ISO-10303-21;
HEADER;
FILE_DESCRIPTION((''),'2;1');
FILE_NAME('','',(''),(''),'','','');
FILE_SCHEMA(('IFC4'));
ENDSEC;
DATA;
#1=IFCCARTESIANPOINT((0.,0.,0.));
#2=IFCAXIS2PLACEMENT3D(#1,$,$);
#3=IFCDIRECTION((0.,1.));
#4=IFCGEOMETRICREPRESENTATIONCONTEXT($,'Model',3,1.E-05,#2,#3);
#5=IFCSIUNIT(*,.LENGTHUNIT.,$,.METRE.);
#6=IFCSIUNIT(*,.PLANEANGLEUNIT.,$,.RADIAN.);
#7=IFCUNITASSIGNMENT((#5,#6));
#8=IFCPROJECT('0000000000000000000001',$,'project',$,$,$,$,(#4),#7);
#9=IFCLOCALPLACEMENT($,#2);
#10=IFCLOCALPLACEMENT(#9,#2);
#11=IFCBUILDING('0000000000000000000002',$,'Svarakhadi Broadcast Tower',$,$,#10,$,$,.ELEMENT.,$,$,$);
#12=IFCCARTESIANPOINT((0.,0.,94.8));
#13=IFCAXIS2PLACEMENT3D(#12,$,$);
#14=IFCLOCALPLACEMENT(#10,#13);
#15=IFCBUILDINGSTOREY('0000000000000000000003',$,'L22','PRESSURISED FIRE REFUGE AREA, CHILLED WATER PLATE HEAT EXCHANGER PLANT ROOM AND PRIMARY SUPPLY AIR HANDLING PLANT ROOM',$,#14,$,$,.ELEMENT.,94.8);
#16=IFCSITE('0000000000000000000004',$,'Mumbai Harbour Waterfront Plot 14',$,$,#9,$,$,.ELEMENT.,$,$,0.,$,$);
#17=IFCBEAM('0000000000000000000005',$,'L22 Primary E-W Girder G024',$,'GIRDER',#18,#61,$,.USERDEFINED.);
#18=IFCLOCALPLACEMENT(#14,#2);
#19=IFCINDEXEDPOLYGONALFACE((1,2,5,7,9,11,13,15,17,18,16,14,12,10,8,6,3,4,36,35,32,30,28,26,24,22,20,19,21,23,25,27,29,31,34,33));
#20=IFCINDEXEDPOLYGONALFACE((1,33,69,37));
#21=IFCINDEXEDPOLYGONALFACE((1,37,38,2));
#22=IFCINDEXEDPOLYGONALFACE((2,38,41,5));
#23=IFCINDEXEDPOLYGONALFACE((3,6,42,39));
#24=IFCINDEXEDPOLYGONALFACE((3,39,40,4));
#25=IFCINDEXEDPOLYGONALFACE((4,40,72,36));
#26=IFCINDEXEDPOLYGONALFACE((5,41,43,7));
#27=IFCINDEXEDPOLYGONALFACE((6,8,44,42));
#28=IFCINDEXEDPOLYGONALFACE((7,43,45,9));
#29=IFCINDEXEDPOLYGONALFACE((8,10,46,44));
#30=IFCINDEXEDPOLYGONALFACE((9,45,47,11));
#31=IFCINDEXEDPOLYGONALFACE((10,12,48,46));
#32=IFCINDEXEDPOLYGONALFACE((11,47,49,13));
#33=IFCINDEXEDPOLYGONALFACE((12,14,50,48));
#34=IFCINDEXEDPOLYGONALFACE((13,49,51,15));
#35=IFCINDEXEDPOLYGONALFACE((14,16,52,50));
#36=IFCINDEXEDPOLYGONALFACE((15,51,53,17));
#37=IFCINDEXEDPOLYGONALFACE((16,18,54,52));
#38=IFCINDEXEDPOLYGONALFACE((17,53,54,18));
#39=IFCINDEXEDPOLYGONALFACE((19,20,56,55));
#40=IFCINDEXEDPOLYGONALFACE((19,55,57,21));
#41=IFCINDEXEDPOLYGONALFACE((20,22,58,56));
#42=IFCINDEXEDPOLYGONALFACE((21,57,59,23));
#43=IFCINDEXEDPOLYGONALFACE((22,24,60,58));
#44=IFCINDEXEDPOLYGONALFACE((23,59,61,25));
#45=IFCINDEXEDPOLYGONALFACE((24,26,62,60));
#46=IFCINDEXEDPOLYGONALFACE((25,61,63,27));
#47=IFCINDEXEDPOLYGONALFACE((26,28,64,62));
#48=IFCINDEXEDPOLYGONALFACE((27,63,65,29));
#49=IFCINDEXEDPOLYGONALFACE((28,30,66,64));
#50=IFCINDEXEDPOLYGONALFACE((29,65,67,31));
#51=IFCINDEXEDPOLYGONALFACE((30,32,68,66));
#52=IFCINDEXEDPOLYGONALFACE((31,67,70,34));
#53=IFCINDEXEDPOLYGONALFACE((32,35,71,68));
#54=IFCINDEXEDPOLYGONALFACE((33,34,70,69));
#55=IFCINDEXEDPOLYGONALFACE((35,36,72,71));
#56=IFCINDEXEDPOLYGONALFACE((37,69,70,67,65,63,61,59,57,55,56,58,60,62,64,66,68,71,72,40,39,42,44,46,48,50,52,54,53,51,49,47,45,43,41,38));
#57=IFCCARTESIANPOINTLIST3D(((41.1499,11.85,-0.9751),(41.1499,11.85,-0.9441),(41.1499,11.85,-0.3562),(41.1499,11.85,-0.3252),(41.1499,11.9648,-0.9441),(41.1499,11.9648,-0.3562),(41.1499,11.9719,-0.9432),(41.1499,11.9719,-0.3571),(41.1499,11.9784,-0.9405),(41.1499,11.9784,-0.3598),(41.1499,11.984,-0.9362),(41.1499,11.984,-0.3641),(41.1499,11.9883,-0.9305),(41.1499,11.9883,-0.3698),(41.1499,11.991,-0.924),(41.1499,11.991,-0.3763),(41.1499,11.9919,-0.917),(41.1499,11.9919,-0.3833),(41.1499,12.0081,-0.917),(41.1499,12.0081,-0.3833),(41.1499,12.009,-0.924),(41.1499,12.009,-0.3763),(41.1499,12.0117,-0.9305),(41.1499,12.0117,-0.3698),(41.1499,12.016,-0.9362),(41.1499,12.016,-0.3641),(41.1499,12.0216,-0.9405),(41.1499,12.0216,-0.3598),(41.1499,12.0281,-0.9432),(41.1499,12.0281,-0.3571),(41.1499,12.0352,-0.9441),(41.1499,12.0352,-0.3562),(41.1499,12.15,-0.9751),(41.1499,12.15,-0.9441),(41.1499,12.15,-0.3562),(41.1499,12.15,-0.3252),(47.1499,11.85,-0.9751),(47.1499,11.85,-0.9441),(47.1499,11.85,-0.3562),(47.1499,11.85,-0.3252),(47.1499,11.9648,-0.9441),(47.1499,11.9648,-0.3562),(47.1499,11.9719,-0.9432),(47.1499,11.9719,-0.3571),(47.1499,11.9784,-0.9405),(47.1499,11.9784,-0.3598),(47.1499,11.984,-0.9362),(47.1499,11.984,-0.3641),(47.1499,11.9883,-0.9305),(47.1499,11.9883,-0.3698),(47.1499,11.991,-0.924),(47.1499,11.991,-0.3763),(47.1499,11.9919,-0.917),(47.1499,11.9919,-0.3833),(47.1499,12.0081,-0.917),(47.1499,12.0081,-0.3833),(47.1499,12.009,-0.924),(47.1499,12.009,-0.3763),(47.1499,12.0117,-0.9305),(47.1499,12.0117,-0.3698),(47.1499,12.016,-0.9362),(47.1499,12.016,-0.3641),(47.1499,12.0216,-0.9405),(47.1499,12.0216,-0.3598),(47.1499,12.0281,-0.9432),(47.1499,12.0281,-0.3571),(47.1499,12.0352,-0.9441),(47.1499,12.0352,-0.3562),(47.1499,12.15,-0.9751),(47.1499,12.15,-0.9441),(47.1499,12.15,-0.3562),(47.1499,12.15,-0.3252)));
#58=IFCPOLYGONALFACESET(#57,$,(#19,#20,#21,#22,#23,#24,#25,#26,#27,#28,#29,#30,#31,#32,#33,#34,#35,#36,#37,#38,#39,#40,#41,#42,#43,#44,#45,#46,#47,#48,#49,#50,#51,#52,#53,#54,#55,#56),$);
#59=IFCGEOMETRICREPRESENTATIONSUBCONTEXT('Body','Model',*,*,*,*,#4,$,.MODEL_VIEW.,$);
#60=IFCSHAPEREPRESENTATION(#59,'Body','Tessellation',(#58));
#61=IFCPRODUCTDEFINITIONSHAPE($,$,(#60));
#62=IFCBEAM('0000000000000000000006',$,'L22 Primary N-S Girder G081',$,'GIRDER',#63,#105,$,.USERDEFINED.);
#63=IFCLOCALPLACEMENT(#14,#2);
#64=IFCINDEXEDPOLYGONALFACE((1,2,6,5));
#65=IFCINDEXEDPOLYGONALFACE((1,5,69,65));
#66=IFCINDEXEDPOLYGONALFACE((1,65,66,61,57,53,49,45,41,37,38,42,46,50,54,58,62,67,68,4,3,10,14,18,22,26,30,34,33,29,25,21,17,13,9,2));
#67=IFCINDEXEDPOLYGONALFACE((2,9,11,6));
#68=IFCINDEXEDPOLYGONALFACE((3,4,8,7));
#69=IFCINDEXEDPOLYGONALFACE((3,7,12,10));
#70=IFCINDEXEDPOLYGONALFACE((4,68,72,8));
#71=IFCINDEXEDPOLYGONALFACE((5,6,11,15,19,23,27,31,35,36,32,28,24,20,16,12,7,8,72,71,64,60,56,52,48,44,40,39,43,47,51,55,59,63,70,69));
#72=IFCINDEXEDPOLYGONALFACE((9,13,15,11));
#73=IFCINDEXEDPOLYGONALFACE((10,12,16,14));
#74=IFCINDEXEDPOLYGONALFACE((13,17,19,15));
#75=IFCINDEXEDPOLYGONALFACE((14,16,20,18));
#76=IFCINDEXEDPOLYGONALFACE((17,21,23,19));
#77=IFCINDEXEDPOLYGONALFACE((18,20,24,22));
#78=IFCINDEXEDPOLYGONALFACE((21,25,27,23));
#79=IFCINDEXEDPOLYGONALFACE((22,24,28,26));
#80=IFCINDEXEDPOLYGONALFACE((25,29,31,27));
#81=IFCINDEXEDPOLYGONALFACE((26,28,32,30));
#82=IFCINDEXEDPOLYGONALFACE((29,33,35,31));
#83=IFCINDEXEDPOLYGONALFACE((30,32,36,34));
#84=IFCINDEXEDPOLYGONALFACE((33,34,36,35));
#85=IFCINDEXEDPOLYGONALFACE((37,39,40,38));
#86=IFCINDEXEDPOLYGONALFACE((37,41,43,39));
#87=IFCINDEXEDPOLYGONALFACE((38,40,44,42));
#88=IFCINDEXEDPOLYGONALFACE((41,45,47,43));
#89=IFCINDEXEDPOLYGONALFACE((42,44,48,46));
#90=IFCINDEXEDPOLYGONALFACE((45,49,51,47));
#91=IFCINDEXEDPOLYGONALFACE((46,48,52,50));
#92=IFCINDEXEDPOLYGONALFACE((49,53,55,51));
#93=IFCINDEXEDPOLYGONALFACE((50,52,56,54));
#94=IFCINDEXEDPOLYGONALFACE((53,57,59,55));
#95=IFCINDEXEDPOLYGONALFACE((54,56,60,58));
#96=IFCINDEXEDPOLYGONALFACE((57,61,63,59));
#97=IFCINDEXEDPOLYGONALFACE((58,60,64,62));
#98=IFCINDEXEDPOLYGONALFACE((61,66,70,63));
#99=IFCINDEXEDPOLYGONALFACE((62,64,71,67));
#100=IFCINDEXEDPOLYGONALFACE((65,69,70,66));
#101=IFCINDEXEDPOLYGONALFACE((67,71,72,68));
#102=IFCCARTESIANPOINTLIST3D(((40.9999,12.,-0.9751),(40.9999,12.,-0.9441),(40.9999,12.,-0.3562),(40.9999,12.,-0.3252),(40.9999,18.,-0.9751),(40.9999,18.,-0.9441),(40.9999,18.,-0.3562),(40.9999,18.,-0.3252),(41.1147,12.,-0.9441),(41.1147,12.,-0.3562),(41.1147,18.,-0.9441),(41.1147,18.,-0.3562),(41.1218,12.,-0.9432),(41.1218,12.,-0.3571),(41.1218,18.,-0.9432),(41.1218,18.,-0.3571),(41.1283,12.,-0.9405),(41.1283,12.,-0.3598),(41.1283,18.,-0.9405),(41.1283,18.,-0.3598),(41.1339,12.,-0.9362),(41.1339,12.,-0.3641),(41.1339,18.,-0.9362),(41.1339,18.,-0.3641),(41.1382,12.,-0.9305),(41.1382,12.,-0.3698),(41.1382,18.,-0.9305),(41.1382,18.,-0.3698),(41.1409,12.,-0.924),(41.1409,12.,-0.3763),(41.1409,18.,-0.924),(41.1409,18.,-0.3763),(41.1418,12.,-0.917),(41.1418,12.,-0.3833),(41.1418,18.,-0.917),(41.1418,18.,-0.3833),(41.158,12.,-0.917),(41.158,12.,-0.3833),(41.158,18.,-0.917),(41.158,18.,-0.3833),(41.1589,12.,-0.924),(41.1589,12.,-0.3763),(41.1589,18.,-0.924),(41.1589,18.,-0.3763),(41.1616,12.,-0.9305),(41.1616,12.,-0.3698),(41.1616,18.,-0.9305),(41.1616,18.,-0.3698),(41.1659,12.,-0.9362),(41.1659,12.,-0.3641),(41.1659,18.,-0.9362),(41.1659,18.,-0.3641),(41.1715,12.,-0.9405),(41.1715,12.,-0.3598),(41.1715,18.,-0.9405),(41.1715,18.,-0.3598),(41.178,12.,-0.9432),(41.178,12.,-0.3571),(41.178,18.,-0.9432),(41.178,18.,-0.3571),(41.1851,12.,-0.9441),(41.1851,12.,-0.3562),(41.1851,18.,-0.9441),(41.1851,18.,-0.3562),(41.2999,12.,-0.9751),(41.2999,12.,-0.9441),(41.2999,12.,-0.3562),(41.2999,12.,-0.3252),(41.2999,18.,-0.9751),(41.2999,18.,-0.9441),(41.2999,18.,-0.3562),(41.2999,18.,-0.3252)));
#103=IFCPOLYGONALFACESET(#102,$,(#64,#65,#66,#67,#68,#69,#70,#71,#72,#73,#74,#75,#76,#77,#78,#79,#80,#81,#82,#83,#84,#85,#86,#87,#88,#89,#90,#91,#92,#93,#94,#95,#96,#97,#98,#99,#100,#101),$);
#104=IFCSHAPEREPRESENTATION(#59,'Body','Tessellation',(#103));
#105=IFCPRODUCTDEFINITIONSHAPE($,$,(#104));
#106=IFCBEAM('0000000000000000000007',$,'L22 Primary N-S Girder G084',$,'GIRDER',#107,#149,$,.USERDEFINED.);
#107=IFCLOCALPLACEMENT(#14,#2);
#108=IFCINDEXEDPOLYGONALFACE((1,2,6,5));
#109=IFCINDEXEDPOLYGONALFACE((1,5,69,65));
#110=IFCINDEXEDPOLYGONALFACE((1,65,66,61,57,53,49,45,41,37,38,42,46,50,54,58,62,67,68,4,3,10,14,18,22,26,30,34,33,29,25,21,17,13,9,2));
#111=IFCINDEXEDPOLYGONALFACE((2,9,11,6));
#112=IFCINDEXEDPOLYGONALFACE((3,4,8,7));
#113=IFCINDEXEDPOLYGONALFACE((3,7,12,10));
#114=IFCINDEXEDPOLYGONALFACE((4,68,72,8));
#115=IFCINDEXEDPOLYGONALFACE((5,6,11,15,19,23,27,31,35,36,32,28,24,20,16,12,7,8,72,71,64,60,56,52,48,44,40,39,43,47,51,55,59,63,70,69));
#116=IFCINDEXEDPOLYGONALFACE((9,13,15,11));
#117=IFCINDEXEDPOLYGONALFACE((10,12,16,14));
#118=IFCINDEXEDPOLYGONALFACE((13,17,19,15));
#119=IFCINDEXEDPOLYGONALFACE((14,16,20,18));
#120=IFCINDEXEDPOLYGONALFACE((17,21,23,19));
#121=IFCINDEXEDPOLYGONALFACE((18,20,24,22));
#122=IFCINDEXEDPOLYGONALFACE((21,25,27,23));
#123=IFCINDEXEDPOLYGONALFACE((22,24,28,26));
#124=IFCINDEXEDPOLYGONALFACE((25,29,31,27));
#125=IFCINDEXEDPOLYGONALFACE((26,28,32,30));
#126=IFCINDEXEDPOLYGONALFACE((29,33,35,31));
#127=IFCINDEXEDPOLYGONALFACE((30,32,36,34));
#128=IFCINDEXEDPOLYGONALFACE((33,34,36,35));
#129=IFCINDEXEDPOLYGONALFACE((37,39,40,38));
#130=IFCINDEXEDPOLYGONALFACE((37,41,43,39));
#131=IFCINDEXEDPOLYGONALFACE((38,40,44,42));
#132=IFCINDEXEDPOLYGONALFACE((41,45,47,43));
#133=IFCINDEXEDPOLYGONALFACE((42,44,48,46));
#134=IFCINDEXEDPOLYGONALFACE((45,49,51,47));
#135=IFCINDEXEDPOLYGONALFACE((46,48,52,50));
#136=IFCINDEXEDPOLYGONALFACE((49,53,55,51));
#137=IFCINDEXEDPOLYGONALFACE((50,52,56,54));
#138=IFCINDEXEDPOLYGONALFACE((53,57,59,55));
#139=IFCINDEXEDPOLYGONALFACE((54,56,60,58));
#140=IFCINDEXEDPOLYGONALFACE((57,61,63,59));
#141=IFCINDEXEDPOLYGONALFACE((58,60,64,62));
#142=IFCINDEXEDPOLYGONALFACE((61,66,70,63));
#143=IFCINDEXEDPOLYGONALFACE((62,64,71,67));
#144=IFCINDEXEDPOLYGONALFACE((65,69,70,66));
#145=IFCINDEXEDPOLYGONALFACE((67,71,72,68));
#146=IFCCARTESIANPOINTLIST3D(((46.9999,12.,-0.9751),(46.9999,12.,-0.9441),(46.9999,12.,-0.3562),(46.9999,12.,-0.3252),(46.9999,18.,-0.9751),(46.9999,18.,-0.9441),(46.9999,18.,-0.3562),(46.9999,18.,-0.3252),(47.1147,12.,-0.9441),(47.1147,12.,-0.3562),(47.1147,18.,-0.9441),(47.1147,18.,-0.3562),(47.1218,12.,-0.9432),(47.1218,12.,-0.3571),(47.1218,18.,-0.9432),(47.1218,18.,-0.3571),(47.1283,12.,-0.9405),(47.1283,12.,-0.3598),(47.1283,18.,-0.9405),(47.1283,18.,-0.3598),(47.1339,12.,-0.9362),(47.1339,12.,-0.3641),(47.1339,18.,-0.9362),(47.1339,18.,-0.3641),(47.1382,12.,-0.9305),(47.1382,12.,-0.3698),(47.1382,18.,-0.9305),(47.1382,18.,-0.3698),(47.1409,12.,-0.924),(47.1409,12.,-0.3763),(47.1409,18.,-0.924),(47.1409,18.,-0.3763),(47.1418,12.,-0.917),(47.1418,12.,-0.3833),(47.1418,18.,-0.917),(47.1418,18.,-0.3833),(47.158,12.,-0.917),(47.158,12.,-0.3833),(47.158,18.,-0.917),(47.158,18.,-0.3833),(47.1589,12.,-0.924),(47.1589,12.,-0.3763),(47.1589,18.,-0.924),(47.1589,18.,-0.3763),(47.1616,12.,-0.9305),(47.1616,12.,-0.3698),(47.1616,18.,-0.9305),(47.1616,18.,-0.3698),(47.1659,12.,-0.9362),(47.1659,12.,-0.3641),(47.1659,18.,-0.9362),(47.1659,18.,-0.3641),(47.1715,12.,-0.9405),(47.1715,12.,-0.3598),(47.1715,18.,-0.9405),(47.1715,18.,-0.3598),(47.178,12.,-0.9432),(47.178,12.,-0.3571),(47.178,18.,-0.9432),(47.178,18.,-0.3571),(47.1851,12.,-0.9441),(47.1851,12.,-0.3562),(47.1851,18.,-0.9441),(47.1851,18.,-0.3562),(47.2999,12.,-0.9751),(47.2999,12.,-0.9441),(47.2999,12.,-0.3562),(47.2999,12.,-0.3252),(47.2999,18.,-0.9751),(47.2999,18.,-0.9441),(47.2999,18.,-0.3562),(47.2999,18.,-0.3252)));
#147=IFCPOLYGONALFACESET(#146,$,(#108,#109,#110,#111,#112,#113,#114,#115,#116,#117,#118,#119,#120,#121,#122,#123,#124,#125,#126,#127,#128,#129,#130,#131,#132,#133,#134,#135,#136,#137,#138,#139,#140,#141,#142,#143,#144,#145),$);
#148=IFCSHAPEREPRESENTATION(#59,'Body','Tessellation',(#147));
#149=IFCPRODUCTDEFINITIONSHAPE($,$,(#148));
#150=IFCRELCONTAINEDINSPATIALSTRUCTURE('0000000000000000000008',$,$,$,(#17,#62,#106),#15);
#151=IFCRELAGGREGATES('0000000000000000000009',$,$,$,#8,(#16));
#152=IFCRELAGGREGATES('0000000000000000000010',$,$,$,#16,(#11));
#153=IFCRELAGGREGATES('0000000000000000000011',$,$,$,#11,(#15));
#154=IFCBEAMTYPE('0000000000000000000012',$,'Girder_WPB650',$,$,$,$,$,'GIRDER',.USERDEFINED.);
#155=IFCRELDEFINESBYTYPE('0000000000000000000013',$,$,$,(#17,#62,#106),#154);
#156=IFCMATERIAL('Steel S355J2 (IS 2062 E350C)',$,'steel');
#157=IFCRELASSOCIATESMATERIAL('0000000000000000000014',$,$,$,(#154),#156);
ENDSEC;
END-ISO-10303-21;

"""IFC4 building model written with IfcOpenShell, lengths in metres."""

from ifc_helpers import new_model, si_unit, direction, frame, origin, origin_2d, place, context, subcontext, project, spatial, i_section, extrude, material, material_profile, profile_set, type_object, element, save


model = new_model("IFC4")

# Units and contexts
model_context = context("Model", 3, precision=1e-05, world=origin(), true_north=direction((0.0, 1.0)))
body_context = subcontext(model_context, "Body", "Model", "MODEL_VIEW")
ifc_project = project(units=[si_unit("LENGTHUNIT", "METRE"), si_unit("PLANEANGLEUNIT", "RADIAN")], contexts=[model_context])

# Site, building, storey
site_placement = place(None, origin())
site = spatial("IfcSite", under=ifc_project, at=site_placement, Name="Mumbai Harbour Waterfront Plot 14", CompositionType="ELEMENT", RefElevation=0.0)
building_placement = place(site_placement, origin())
building = spatial("IfcBuilding", under=site, at=building_placement, Name="Svarakhadi Broadcast Tower", CompositionType="ELEMENT")
storey_placement = place(building_placement, frame((0.0, 0.0, 94.8)))
storey = spatial("IfcBuildingStorey", under=building, at=storey_placement, Name="L22", Description="PRESSURISED FIRE REFUGE AREA, CHILLED WATER PLATE HEAT EXCHANGER PLANT ROOM AND PRIMARY SUPPLY AIR HANDLING PLANT ROOM", CompositionType="ELEMENT", Elevation=94.8)

# Shared definitions
ifc_material_1 = material(Name="Steel S355J2 (IS 2062 E350C)", Category="steel")

# Beams
ifc_material_profile_1 = material_profile(ifc_material_1, i_section(OverallWidth=0.3, OverallDepth=0.6499, WebThickness=0.0161, FlangeThickness=0.031, FilletRadius=0.0271, at=origin_2d()), Name="WPB 650x300x225")
ifc_profile_set_1 = profile_set([ifc_material_profile_1], Name="Steel S355J2 (IS 2062 E350C)")
beam_type_1 = type_object("IfcBeamType", Name="Girder_WPB650", ElementType="GIRDER", PredefinedType="USERDEFINED", material=ifc_profile_set_1)
for number, where, z_axis, x_axis, name in (
    (1, (41.1499, 12.0, -0.6501), (1.0, 0.0, 0.0), (0.0, 1.0, 0.0), "L22 Primary E-W Girder G024"),
    (2, (41.1499, 12.0, -0.6501), (0.0, 1.0, 0.0), (-1.0, 0.0, 0.0), "L22 Primary N-S Girder G081"),
    (3, (47.1499, 12.0, -0.6501), (0.0, 1.0, 0.0), (-1.0, 0.0, 0.0), "L22 Primary N-S Girder G084"),
):
    element("IfcBeam", number, at=place(storey_placement, frame(where, z_axis=z_axis, x_axis=x_axis)), inside=storey, type_object=beam_type_1, Name=name, ObjectType="GIRDER", PredefinedType="USERDEFINED", context=body_context, shape_type="SweptSolid", body=[
        extrude(i_section(OverallWidth=0.3, OverallDepth=0.6499, WebThickness=0.0161, FlangeThickness=0.031, FilletRadius=0.0271, at=origin_2d()), origin(), (0.0, 0.0, 1.0), 6.0),
    ])

save(model, "model.ifc")
